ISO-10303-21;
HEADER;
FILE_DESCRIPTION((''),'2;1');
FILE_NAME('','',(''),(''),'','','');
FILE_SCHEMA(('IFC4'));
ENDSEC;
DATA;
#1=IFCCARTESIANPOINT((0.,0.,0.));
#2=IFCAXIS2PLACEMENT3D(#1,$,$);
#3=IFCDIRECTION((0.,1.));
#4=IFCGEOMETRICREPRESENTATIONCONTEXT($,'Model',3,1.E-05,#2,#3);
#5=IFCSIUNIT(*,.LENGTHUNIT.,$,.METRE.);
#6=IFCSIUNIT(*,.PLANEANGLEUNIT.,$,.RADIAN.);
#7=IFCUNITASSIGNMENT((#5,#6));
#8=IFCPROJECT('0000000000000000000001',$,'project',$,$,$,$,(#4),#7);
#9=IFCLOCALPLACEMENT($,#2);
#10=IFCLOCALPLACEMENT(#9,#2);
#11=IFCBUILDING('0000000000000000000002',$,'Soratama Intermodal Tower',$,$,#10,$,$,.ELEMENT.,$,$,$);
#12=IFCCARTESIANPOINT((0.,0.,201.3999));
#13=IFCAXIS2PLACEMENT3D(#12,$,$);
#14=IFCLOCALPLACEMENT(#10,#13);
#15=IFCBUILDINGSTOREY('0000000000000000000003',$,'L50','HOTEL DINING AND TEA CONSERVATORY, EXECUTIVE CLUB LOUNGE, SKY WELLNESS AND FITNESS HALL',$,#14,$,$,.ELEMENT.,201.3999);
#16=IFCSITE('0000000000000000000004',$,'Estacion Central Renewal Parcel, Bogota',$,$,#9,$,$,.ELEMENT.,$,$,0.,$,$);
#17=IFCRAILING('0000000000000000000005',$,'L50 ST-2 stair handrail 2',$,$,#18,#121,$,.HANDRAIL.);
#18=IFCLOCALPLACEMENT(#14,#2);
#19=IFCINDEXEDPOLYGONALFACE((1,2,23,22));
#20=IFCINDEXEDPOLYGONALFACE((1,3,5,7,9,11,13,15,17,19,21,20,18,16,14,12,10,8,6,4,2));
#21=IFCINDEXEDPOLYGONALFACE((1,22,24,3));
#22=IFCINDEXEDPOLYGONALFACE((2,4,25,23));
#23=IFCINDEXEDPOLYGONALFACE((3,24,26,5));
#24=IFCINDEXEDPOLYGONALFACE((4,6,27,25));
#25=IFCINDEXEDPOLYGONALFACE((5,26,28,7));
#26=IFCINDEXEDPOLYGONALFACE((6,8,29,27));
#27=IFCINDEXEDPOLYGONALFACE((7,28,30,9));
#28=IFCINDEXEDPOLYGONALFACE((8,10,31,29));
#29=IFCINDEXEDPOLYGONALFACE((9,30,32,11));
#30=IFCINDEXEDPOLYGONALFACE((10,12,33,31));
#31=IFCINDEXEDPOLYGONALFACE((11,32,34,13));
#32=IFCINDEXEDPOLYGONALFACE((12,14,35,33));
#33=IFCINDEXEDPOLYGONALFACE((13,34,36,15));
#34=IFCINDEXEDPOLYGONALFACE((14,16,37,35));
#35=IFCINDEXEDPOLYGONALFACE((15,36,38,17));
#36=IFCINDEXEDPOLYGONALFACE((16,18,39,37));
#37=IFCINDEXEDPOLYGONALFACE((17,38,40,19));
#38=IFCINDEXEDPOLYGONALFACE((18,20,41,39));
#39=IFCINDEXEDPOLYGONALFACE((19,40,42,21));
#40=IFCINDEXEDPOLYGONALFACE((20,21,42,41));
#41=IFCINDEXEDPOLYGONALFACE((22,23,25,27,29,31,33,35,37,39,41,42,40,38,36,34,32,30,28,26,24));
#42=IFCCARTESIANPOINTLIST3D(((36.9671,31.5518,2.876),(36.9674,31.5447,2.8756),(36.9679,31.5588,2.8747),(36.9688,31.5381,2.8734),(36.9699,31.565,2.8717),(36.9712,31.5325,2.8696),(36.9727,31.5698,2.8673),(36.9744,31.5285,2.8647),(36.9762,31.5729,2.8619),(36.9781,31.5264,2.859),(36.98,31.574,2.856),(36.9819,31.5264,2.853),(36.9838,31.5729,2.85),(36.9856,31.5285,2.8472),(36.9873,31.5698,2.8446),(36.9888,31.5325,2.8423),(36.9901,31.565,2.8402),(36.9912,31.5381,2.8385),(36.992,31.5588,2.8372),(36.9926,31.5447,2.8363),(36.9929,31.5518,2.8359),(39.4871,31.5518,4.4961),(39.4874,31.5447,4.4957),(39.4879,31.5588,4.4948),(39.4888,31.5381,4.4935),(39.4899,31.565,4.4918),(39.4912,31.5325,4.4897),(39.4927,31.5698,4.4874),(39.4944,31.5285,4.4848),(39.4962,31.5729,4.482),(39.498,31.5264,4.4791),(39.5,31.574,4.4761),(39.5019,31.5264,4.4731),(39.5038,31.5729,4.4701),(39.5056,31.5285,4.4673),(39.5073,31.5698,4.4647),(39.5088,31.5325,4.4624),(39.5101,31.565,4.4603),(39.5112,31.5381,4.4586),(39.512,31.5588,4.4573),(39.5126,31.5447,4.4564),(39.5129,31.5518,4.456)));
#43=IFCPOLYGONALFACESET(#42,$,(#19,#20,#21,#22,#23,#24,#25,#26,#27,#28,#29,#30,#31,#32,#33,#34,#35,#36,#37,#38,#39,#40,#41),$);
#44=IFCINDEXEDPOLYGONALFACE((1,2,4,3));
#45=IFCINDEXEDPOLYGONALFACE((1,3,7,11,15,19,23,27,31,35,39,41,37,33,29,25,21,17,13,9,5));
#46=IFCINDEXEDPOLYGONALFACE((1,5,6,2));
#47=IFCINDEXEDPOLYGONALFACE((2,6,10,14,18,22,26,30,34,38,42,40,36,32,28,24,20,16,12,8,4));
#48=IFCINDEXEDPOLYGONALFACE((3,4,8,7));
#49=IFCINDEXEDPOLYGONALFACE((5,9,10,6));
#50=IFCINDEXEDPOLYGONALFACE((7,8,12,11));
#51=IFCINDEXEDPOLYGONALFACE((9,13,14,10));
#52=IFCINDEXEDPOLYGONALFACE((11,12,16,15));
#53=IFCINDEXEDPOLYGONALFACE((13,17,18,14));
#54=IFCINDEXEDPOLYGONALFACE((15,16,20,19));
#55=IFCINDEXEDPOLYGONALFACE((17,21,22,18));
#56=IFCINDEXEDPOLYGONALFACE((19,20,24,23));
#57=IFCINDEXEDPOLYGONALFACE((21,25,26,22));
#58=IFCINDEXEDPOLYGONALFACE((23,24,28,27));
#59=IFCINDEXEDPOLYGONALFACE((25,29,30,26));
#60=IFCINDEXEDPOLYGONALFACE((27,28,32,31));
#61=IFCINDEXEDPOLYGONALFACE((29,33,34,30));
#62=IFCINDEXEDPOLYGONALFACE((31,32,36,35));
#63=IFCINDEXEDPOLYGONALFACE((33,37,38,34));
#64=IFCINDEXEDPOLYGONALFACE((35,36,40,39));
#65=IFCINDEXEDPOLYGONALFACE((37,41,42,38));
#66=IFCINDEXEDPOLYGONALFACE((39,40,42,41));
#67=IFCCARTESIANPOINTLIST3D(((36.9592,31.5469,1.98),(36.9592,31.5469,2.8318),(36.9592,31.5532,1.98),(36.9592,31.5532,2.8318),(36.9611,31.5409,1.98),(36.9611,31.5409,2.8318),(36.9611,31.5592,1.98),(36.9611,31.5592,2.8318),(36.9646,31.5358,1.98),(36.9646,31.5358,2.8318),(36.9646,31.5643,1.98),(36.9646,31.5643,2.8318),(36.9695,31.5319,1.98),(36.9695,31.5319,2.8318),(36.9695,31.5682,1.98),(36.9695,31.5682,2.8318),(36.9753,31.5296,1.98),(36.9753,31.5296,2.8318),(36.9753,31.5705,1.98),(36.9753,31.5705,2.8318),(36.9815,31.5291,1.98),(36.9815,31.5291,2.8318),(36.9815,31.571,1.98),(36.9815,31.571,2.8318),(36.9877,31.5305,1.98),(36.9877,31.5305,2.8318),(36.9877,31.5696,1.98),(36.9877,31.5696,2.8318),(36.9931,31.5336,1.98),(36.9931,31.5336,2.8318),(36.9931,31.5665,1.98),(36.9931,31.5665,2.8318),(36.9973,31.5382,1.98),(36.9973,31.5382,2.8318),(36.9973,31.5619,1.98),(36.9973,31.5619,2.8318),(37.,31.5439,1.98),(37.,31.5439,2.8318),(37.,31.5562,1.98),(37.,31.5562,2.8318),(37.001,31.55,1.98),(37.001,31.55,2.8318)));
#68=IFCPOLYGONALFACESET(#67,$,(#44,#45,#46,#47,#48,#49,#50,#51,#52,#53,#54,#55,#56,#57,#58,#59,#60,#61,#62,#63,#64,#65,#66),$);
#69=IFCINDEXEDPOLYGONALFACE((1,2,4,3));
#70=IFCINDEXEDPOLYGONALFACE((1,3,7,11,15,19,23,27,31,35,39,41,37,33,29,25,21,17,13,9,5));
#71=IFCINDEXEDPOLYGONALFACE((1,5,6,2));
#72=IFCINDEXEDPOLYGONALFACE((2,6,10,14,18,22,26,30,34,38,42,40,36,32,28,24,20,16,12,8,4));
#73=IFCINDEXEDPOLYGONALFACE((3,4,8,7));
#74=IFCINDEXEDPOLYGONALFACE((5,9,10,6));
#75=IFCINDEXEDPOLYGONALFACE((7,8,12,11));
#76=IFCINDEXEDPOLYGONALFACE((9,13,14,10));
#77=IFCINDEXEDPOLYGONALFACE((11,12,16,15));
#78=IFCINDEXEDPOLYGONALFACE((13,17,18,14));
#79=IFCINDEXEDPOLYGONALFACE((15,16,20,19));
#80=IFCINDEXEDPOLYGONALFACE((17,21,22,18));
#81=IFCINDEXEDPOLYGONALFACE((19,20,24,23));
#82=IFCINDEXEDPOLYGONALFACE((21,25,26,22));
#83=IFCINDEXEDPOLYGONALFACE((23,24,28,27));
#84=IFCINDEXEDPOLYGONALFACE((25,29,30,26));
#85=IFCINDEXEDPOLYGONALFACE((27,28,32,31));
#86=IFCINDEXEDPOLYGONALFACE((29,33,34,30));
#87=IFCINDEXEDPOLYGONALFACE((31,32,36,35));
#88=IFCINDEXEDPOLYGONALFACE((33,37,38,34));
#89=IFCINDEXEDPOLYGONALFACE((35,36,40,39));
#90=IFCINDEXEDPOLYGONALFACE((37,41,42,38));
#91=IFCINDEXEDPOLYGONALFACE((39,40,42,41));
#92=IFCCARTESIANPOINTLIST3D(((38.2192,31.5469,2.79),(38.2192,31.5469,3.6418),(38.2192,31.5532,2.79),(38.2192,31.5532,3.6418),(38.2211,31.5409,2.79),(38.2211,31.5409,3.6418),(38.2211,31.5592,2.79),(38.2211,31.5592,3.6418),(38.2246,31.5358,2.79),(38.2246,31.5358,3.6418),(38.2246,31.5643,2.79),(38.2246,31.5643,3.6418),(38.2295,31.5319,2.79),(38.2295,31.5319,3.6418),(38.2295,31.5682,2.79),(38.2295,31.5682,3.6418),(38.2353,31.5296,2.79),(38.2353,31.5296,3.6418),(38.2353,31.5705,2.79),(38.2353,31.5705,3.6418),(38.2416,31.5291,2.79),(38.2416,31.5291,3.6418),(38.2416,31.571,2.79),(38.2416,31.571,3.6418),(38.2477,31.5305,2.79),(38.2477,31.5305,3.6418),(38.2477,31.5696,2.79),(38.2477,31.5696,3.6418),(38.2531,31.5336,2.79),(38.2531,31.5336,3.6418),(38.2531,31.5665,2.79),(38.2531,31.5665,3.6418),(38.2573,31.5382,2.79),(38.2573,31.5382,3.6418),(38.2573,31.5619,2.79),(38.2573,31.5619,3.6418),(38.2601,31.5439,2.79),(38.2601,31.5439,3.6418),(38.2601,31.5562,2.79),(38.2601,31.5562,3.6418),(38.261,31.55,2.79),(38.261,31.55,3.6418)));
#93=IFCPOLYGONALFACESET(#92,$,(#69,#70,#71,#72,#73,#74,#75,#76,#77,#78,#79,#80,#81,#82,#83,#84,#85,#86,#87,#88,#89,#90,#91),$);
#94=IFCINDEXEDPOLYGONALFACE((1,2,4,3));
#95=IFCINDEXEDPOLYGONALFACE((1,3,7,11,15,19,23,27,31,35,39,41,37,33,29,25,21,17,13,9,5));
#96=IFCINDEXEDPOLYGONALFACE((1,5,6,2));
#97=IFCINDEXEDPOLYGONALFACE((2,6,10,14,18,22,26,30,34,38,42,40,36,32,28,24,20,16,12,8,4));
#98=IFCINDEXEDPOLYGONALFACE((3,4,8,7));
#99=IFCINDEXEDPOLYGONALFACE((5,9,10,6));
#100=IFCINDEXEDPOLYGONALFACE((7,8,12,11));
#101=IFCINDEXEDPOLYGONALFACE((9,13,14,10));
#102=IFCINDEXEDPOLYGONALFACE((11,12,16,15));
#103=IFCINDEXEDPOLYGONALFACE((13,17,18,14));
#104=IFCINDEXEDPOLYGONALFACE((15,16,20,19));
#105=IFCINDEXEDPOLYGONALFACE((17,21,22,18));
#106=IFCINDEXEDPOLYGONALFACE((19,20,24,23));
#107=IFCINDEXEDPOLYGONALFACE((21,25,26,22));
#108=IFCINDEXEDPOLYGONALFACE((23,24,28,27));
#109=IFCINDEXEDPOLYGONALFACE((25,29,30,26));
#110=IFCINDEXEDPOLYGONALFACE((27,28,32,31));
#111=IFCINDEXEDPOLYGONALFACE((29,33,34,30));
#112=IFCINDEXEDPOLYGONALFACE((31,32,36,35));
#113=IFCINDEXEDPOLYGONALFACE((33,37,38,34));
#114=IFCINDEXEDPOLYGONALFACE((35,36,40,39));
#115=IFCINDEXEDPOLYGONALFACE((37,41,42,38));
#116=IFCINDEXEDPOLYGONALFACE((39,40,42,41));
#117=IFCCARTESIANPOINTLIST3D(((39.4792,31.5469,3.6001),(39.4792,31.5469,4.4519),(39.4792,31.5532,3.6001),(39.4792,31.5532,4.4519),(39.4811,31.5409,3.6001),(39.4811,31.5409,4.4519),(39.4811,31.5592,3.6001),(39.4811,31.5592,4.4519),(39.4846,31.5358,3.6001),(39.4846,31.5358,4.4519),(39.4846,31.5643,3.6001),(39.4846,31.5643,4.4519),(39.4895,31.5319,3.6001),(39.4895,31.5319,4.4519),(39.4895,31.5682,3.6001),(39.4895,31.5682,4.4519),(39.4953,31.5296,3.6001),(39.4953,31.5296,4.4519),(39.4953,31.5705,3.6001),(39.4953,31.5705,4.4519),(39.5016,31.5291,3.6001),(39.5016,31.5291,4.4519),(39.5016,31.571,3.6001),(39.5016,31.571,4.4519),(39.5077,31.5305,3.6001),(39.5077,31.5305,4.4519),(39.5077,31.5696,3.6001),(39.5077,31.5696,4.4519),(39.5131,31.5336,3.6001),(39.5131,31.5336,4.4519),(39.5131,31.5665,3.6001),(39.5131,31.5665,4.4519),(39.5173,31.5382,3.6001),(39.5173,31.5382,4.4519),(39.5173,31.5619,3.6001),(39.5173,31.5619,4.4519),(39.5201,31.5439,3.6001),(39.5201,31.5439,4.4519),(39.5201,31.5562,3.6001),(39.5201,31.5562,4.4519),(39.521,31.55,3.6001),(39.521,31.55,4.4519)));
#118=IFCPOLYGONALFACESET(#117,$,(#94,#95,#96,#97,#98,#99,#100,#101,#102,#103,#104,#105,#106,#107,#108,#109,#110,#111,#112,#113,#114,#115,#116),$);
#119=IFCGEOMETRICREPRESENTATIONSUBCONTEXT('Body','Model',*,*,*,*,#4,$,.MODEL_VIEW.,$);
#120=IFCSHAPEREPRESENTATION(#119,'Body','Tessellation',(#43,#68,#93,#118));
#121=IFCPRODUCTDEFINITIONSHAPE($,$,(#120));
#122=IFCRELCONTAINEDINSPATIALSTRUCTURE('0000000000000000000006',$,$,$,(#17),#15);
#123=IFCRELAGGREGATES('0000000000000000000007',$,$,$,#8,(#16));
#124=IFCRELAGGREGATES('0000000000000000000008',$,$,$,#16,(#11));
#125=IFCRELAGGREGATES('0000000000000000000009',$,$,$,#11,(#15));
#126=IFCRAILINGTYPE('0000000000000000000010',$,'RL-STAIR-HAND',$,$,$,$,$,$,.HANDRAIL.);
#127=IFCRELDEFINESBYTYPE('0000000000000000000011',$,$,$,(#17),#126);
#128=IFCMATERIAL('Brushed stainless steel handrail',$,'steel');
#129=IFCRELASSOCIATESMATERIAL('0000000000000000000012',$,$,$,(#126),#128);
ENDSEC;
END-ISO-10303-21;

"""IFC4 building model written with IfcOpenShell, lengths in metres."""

from ifc_helpers import new_model, si_unit, direction, frame, origin, origin_2d, place, context, subcontext, project, spatial, circle, extrude, material, type_object, element, save


model = new_model("IFC4")

# Units and contexts
model_context = context("Model", 3, precision=1e-05, world=origin(), true_north=direction((0.0, 1.0)))
body_context = subcontext(model_context, "Body", "Model", "MODEL_VIEW")
ifc_project = project(units=[si_unit("LENGTHUNIT", "METRE"), si_unit("PLANEANGLEUNIT", "RADIAN")], contexts=[model_context])

# Site, building, storey
site_placement = place(None, origin())
site = spatial("IfcSite", under=ifc_project, at=site_placement, Name="Estacion Central Renewal Parcel, Bogota", CompositionType="ELEMENT", RefElevation=0.0)
building_placement = place(site_placement, origin())
building = spatial("IfcBuilding", under=site, at=building_placement, Name="Soratama Intermodal Tower", CompositionType="ELEMENT")
storey_placement = place(building_placement, frame((0.0, 0.0, 201.3999)))
storey = spatial("IfcBuildingStorey", under=building, at=storey_placement, Name="L50", Description="HOTEL DINING AND TEA CONSERVATORY, EXECUTIVE CLUB LOUNGE, SKY WELLNESS AND FITNESS HALL", CompositionType="ELEMENT", Elevation=201.3999)

# Railing
ifc_material_1 = material(Name="Brushed stainless steel handrail", Category="steel")
railing_type_1 = type_object("IfcRailingType", Name="RL-STAIR-HAND", PredefinedType="HANDRAIL", material=ifc_material_1)
railing_1_placement = place(storey_placement, frame((36.98, 31.55, 1.98)))
element("IfcRailing", 1, at=railing_1_placement, inside=storey, type_object=railing_type_1, Name="L50 ST-2 stair handrail 2", PredefinedType="HANDRAIL", context=body_context, shape_type="SweptSolid", body=[
    extrude(circle(Radius=0.0239, at=origin_2d()), frame((0.0, 0.0, 0.876), z_axis=(0.841163, 0.0, 0.540782), x_axis=(0.0, 1.0, 0.0)), (0.0, 0.0, 1.0), 2.9958),
    extrude(circle(Radius=0.021, at=origin_2d()), origin(), (0.0, 0.0, 1.0), 0.8518),
    extrude(circle(Radius=0.021, at=origin_2d()), frame((1.26, 0.0, 0.8101)), (0.0, 0.0, 1.0), 0.8518),
    extrude(circle(Radius=0.021, at=origin_2d()), frame((2.52, 0.0, 1.6201)), (0.0, 0.0, 1.0), 0.8518),
])

save(model, "model.ifc")
